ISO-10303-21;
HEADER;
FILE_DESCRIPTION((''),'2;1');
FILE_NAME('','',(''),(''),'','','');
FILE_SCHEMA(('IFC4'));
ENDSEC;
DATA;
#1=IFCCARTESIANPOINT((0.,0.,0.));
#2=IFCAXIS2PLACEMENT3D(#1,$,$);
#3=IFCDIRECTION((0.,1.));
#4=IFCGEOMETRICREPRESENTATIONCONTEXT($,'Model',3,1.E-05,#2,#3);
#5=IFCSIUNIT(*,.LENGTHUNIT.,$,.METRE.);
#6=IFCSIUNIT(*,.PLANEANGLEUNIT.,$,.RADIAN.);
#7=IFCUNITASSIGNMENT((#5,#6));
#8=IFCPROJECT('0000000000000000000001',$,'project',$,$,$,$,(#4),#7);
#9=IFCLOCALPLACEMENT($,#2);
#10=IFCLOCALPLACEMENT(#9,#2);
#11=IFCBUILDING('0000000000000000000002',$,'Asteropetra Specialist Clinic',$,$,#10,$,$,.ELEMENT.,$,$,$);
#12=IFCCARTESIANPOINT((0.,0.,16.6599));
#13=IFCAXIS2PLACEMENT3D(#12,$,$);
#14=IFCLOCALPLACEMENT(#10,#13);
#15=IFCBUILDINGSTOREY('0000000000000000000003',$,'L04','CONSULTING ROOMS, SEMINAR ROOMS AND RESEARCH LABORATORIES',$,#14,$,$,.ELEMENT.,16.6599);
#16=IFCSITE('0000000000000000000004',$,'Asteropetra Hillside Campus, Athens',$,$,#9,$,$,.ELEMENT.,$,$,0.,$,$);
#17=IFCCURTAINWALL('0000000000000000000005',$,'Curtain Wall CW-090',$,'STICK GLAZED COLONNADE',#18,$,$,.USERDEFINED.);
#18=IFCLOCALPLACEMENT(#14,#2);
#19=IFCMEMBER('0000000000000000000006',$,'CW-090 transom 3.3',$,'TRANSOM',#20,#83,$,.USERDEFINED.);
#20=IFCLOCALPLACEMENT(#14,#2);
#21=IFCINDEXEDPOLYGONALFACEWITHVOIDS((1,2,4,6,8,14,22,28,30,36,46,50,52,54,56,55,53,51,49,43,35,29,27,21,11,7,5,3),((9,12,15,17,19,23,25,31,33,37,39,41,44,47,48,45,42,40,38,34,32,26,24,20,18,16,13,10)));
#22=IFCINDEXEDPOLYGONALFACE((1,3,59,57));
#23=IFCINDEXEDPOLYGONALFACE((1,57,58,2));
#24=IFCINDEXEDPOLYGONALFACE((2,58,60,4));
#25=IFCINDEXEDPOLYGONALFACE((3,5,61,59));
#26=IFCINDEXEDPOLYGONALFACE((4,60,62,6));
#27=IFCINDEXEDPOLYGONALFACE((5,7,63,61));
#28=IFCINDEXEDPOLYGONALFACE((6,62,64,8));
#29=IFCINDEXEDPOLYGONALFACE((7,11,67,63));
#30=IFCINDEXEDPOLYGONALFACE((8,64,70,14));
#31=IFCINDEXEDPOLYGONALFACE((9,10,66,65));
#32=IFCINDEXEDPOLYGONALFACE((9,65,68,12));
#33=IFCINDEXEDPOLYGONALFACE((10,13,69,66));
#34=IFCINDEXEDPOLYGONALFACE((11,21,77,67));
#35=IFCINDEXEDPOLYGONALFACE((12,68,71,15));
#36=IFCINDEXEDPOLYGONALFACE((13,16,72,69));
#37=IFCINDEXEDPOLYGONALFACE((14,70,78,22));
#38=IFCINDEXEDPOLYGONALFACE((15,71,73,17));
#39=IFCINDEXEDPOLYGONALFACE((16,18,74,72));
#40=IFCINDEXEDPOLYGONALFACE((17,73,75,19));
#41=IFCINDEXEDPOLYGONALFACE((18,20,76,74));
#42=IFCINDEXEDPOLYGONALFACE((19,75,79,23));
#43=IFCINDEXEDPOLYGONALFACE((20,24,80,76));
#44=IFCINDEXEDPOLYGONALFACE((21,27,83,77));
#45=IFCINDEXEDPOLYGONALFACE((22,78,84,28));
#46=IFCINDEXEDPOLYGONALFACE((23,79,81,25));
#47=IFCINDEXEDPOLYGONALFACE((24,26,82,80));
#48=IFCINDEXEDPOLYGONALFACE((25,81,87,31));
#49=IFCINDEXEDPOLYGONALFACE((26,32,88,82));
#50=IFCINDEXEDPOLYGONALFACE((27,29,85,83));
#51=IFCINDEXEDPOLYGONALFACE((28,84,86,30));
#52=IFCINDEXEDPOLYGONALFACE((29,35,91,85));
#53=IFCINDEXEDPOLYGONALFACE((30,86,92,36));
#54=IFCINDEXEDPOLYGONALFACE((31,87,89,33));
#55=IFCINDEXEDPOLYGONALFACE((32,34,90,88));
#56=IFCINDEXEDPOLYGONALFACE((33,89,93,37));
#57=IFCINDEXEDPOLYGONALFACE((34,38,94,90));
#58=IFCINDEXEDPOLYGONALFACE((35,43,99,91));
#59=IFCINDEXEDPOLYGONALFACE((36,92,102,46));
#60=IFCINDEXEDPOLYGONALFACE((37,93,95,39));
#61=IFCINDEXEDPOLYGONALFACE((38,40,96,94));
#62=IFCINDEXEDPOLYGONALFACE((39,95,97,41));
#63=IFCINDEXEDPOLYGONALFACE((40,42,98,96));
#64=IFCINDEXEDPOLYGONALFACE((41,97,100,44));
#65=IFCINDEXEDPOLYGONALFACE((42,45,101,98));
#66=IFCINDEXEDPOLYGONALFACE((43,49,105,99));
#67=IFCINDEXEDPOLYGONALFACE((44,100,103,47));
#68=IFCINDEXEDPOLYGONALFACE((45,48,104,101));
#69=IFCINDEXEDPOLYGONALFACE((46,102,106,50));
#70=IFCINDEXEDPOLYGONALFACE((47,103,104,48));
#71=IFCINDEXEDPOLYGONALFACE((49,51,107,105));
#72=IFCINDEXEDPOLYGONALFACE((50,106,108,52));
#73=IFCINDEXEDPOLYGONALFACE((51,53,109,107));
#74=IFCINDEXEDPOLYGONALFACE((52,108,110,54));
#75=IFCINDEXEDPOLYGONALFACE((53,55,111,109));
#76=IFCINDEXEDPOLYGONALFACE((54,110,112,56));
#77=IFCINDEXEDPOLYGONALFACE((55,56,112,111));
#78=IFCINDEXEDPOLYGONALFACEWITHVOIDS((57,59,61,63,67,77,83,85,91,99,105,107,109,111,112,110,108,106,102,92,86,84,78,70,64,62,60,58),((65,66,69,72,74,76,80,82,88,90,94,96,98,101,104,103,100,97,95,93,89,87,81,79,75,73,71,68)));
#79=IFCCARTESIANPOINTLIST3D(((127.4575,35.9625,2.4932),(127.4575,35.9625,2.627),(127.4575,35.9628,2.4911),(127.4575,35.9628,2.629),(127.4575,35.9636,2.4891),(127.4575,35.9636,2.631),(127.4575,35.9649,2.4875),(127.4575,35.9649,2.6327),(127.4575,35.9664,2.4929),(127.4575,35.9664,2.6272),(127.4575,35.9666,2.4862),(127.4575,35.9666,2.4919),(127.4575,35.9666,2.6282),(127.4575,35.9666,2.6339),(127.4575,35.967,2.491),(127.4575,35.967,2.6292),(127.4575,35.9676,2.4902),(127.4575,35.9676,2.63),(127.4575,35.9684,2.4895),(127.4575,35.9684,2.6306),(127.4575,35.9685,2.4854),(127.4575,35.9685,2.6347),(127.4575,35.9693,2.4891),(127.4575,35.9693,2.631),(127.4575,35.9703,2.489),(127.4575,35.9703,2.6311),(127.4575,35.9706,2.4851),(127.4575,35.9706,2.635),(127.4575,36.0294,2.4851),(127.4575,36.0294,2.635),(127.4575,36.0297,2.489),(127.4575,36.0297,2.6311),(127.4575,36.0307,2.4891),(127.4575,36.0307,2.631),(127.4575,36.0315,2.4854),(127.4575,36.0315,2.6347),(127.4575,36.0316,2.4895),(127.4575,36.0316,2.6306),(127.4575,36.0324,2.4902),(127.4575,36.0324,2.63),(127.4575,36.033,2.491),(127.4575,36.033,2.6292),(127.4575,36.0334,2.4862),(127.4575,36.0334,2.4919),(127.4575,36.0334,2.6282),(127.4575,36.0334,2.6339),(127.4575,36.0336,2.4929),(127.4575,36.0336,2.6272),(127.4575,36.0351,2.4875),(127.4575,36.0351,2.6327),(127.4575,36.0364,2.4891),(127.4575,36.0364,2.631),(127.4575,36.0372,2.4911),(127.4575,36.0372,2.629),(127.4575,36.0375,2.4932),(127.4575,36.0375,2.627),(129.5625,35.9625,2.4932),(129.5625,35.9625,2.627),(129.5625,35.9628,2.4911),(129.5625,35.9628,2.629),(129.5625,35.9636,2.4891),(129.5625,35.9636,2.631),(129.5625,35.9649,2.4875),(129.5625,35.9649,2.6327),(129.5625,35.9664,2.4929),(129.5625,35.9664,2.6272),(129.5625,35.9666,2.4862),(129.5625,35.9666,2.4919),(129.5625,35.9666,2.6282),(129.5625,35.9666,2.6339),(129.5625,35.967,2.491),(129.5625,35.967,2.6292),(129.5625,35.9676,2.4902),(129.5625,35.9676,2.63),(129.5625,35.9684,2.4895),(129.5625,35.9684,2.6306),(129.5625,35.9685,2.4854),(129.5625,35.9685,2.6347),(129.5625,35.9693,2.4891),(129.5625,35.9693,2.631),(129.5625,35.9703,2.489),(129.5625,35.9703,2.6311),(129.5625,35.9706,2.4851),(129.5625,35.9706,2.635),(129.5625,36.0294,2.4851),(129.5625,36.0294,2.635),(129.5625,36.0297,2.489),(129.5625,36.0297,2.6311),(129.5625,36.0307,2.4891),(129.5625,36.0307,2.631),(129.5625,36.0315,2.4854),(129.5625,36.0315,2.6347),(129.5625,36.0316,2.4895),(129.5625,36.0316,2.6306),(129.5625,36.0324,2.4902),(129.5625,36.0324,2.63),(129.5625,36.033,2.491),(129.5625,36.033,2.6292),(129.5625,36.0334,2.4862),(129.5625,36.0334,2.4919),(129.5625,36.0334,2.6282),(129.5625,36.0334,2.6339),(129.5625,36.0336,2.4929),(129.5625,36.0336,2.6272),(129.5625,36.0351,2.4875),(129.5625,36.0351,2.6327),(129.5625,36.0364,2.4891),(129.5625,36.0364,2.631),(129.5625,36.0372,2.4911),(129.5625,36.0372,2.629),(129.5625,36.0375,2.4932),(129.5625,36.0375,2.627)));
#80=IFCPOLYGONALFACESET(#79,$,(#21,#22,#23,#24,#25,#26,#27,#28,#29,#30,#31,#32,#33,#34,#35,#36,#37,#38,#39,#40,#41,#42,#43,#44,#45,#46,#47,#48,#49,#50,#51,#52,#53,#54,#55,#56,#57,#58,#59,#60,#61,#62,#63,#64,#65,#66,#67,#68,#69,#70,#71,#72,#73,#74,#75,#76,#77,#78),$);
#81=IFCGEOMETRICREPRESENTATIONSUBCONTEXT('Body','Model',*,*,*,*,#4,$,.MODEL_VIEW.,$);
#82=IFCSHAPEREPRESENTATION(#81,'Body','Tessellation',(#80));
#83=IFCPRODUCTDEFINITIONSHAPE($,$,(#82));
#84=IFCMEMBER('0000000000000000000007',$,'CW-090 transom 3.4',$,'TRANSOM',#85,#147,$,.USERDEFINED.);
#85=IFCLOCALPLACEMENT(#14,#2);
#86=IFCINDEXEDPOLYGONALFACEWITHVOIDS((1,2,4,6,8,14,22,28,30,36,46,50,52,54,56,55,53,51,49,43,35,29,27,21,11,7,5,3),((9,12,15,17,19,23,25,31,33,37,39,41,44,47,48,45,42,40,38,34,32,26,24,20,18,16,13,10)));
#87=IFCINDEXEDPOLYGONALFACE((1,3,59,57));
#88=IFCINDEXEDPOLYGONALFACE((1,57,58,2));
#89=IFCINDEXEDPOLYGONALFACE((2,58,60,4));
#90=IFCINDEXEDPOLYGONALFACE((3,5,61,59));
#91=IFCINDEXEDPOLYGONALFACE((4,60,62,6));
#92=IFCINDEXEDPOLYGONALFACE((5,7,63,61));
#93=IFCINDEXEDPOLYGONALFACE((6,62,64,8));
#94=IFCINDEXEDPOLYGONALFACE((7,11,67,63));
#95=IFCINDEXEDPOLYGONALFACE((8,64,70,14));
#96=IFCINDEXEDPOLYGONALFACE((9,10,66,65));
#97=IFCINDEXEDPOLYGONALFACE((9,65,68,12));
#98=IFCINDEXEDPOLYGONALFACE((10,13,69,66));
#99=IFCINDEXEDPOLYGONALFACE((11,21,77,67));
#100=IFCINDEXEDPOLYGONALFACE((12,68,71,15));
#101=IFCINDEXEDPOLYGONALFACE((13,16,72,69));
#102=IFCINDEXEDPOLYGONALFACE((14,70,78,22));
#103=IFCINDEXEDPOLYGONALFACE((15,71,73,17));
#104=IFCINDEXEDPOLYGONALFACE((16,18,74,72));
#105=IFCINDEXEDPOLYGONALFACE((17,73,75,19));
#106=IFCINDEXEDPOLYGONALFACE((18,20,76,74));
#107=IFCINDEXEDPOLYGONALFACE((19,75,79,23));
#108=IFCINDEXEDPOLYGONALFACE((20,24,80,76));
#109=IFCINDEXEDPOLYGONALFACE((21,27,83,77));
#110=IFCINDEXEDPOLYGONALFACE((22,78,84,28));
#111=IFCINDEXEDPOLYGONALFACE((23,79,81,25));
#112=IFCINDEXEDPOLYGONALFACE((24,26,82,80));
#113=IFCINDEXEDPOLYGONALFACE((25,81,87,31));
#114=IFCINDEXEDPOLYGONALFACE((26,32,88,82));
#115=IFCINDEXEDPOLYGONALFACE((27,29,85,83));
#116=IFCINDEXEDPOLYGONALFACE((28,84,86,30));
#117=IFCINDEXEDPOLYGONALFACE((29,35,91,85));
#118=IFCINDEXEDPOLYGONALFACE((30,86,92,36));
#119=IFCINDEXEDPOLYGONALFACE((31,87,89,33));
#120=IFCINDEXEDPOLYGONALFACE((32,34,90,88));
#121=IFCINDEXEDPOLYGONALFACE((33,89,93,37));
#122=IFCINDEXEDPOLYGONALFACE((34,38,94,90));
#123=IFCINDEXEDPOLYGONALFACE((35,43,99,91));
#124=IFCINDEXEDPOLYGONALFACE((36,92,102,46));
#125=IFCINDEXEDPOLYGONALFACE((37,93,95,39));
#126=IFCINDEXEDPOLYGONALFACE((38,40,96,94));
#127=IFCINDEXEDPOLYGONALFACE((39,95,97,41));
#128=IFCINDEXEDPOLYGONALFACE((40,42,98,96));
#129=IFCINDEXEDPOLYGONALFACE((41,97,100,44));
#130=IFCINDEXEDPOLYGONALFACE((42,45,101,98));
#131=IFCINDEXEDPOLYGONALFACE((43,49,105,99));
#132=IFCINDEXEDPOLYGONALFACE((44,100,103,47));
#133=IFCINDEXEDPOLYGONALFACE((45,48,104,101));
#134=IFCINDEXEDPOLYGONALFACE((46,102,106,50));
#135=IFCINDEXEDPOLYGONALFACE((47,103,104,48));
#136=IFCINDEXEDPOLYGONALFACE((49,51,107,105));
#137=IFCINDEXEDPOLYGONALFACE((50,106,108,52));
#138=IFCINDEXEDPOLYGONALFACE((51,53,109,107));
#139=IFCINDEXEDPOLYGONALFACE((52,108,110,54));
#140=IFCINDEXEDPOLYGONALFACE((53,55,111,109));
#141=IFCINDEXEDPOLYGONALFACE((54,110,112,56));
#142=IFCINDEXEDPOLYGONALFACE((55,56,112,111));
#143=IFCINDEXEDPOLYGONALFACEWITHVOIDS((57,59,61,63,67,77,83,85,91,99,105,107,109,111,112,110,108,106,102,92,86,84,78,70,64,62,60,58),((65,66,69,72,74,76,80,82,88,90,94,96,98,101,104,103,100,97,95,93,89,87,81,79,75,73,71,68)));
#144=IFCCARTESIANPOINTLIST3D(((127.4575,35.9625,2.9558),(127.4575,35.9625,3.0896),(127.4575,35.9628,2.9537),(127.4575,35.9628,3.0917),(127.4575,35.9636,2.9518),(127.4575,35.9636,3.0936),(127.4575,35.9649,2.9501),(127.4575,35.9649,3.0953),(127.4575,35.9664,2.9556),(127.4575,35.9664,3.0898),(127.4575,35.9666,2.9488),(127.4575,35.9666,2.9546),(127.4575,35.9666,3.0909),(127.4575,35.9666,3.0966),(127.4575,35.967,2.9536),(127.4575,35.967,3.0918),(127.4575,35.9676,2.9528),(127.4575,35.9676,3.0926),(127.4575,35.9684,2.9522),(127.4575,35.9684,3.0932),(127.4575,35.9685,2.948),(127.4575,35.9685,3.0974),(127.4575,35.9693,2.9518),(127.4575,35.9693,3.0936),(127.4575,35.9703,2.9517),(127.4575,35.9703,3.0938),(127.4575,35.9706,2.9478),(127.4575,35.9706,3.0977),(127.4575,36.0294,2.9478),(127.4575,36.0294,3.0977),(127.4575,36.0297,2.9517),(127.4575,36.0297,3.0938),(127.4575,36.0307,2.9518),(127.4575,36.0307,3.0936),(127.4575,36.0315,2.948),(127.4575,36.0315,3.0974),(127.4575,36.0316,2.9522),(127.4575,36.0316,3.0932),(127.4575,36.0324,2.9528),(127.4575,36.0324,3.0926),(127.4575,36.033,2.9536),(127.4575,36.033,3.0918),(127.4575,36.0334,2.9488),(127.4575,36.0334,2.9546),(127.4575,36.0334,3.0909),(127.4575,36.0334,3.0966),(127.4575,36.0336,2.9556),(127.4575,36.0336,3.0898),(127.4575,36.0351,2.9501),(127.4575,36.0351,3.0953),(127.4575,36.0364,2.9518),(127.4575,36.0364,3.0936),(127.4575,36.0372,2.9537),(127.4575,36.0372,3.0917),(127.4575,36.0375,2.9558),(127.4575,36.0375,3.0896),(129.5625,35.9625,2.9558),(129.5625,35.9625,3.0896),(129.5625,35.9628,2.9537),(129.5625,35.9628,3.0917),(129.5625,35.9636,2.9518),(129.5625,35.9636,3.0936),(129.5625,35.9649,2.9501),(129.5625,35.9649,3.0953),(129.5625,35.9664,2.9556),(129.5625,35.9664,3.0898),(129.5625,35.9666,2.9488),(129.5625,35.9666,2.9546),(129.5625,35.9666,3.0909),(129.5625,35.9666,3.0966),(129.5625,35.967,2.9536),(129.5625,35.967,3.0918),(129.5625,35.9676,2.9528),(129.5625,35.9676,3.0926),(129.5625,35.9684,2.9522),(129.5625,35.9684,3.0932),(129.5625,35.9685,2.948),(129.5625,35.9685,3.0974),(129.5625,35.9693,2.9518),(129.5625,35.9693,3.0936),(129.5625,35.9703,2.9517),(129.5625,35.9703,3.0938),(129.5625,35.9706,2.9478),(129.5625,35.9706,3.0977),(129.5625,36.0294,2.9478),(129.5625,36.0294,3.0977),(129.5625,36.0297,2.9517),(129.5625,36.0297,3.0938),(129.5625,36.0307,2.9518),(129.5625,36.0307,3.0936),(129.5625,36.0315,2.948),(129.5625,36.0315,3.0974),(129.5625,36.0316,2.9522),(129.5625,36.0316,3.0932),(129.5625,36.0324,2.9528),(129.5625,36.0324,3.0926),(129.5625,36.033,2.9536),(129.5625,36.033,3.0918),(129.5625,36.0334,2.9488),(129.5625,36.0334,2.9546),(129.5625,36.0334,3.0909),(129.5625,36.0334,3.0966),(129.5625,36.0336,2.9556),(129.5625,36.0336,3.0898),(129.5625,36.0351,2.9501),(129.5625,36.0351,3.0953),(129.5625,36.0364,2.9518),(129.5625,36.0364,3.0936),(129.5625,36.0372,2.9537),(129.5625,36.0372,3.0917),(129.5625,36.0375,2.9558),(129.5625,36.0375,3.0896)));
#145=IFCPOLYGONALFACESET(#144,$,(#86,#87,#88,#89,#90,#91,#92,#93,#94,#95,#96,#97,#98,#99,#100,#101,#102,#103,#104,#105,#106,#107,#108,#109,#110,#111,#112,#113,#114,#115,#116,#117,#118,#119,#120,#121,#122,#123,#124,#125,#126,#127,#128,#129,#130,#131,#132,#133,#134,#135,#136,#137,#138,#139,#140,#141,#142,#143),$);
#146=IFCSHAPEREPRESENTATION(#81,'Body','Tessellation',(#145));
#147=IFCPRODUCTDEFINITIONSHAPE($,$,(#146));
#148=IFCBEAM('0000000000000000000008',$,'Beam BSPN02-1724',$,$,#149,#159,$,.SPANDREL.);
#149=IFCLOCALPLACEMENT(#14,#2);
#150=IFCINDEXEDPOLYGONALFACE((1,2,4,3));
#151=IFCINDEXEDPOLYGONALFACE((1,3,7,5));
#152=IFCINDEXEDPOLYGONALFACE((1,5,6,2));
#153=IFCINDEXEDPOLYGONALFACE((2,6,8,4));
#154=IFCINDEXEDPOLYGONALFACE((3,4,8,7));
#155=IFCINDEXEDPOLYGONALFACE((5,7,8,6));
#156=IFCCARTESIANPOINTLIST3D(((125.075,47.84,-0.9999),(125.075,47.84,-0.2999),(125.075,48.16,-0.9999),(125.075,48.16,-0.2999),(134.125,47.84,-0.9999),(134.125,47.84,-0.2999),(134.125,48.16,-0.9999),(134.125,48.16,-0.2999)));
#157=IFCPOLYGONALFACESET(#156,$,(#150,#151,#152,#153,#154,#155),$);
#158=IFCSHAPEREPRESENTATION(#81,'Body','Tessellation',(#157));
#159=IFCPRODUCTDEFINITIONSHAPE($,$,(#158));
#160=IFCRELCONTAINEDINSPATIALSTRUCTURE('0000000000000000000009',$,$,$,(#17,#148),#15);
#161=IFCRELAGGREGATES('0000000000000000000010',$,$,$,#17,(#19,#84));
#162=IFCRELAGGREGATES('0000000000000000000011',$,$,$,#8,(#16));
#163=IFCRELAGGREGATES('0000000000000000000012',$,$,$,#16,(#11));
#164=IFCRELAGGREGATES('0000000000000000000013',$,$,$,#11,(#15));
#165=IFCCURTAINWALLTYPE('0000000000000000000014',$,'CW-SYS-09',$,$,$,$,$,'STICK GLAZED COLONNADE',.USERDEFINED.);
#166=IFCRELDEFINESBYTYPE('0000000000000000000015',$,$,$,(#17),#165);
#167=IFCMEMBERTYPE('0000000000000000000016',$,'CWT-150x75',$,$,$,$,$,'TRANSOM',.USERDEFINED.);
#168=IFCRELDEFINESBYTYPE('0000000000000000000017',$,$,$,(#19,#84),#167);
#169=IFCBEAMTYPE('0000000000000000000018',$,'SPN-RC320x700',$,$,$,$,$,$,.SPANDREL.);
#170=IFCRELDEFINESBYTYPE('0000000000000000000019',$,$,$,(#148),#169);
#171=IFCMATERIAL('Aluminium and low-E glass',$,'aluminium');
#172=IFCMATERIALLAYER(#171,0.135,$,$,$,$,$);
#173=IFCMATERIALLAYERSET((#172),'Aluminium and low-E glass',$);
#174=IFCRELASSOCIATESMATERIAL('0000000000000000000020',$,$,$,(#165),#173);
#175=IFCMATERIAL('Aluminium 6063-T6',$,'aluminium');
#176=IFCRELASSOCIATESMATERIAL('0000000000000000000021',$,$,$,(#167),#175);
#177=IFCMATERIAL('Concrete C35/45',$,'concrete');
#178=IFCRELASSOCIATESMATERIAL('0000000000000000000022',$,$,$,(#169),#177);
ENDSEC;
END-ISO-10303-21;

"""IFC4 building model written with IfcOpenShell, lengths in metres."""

from ifc_helpers import new_model, si_unit, direction, frame, origin, origin_2d, place, context, subcontext, project, spatial, rectangle, hollow_rectangle, extrude, material, layer, layer_set, material_profile, profile_set, type_object, element, aggregate, save


model = new_model("IFC4")

# Units and contexts
model_context = context("Model", 3, precision=1e-05, world=origin(), true_north=direction((0.0, 1.0)))
body_context = subcontext(model_context, "Body", "Model", "MODEL_VIEW")
ifc_project = project(units=[si_unit("LENGTHUNIT", "METRE"), si_unit("PLANEANGLEUNIT", "RADIAN")], contexts=[model_context])

# Site, building, storey
site_placement = place(None, origin())
site = spatial("IfcSite", under=ifc_project, at=site_placement, Name="Asteropetra Hillside Campus, Athens", CompositionType="ELEMENT", RefElevation=0.0)
building_placement = place(site_placement, origin())
building = spatial("IfcBuilding", under=site, at=building_placement, Name="Asteropetra Specialist Clinic", CompositionType="ELEMENT")
storey_placement = place(building_placement, frame((0.0, 0.0, 16.6599)))
storey = spatial("IfcBuildingStorey", under=building, at=storey_placement, Name="L04", Description="CONSULTING ROOMS, SEMINAR ROOMS AND RESEARCH LABORATORIES", CompositionType="ELEMENT", Elevation=16.6599)

# Curtain wall, members
ifc_material_1 = material(Name="Aluminium and low-E glass", Category="aluminium")
ifc_layer_1 = layer(ifc_material_1, 0.135)
ifc_layer_set_1 = layer_set([ifc_layer_1], Name="Aluminium and low-E glass")
curtain_wall_type = type_object("IfcCurtainWallType", Name="CW-SYS-09", ElementType="STICK GLAZED COLONNADE", PredefinedType="USERDEFINED", material=ifc_layer_set_1)
curtain_wall_placement = place(storey_placement, origin())
curtain_wall = element("IfcCurtainWall", 1, at=curtain_wall_placement, inside=storey, type_object=curtain_wall_type, Name="Curtain Wall CW-090", ObjectType="STICK GLAZED COLONNADE", PredefinedType="USERDEFINED")
ifc_material_2 = material(Name="Aluminium 6063-T6", Category="aluminium")
ifc_material_profile_1 = material_profile(ifc_material_2, hollow_rectangle(XDim=0.075, YDim=0.1499, WallThickness=0.0039, InnerFilletRadius=0.0039, OuterFilletRadius=0.0081, at=origin_2d()), Name="TRN 150x75x4.0")
ifc_profile_set_1 = profile_set([ifc_material_profile_1], Name="Aluminium 6063-T6")
member_type_1 = type_object("IfcMemberType", Name="CWT-150x75", ElementType="TRANSOM", PredefinedType="USERDEFINED", material=ifc_profile_set_1)
member_1_placement = place(storey_placement, frame((129.5625, 36.0, 2.5601), z_axis=(-1.0, 0.0, 0.0), x_axis=(0.0, -1.0, 0.0)))
member_1 = element("IfcMember", 2, at=member_1_placement, type_object=member_type_1, Name="CW-090 transom 3.3", ObjectType="TRANSOM", PredefinedType="USERDEFINED", context=body_context, shape_type="SweptSolid", body=[
    extrude(hollow_rectangle(XDim=0.075, YDim=0.1499, WallThickness=0.0039, InnerFilletRadius=0.0039, OuterFilletRadius=0.0081, at=origin_2d()), origin(), (0.0, 0.0, 1.0), 2.105),
])
member_2_placement = place(storey_placement, frame((129.5625, 36.0, 3.0227), z_axis=(-1.0, 0.0, 0.0), x_axis=(0.0, -1.0, 0.0)))
member_2 = element("IfcMember", 3, at=member_2_placement, type_object=member_type_1, Name="CW-090 transom 3.4", ObjectType="TRANSOM", PredefinedType="USERDEFINED", context=body_context, shape_type="SweptSolid", body=[
    extrude(hollow_rectangle(XDim=0.075, YDim=0.1499, WallThickness=0.0039, InnerFilletRadius=0.0039, OuterFilletRadius=0.0081, at=origin_2d()), origin(), (0.0, 0.0, 1.0), 2.105),
])
aggregate(curtain_wall, [member_1, member_2])

# Beam
ifc_material_3 = material(Name="Concrete C35/45", Category="concrete")
ifc_material_profile_2 = material_profile(ifc_material_3, rectangle(XDim=0.3201, YDim=0.7, at=origin_2d()), Name="RCS 320x700")
ifc_profile_set_2 = profile_set([ifc_material_profile_2], Name="Concrete C35/45")
beam_type_1 = type_object("IfcBeamType", Name="SPN-RC320x700", PredefinedType="SPANDREL", material=ifc_profile_set_2)
beam_1_placement = place(storey_placement, frame((125.075, 48.0, -0.6499), z_axis=(1.0, 0.0, 0.0), x_axis=(0.0, 1.0, 0.0)))
element("IfcBeam", 4, at=beam_1_placement, inside=storey, type_object=beam_type_1, Name="Beam BSPN02-1724", PredefinedType="SPANDREL", context=body_context, shape_type="SweptSolid", body=[
    extrude(rectangle(XDim=0.3201, YDim=0.7, at=origin_2d()), origin(), (0.0, 0.0, 1.0), 9.05),
])

save(model, "model.ifc")
